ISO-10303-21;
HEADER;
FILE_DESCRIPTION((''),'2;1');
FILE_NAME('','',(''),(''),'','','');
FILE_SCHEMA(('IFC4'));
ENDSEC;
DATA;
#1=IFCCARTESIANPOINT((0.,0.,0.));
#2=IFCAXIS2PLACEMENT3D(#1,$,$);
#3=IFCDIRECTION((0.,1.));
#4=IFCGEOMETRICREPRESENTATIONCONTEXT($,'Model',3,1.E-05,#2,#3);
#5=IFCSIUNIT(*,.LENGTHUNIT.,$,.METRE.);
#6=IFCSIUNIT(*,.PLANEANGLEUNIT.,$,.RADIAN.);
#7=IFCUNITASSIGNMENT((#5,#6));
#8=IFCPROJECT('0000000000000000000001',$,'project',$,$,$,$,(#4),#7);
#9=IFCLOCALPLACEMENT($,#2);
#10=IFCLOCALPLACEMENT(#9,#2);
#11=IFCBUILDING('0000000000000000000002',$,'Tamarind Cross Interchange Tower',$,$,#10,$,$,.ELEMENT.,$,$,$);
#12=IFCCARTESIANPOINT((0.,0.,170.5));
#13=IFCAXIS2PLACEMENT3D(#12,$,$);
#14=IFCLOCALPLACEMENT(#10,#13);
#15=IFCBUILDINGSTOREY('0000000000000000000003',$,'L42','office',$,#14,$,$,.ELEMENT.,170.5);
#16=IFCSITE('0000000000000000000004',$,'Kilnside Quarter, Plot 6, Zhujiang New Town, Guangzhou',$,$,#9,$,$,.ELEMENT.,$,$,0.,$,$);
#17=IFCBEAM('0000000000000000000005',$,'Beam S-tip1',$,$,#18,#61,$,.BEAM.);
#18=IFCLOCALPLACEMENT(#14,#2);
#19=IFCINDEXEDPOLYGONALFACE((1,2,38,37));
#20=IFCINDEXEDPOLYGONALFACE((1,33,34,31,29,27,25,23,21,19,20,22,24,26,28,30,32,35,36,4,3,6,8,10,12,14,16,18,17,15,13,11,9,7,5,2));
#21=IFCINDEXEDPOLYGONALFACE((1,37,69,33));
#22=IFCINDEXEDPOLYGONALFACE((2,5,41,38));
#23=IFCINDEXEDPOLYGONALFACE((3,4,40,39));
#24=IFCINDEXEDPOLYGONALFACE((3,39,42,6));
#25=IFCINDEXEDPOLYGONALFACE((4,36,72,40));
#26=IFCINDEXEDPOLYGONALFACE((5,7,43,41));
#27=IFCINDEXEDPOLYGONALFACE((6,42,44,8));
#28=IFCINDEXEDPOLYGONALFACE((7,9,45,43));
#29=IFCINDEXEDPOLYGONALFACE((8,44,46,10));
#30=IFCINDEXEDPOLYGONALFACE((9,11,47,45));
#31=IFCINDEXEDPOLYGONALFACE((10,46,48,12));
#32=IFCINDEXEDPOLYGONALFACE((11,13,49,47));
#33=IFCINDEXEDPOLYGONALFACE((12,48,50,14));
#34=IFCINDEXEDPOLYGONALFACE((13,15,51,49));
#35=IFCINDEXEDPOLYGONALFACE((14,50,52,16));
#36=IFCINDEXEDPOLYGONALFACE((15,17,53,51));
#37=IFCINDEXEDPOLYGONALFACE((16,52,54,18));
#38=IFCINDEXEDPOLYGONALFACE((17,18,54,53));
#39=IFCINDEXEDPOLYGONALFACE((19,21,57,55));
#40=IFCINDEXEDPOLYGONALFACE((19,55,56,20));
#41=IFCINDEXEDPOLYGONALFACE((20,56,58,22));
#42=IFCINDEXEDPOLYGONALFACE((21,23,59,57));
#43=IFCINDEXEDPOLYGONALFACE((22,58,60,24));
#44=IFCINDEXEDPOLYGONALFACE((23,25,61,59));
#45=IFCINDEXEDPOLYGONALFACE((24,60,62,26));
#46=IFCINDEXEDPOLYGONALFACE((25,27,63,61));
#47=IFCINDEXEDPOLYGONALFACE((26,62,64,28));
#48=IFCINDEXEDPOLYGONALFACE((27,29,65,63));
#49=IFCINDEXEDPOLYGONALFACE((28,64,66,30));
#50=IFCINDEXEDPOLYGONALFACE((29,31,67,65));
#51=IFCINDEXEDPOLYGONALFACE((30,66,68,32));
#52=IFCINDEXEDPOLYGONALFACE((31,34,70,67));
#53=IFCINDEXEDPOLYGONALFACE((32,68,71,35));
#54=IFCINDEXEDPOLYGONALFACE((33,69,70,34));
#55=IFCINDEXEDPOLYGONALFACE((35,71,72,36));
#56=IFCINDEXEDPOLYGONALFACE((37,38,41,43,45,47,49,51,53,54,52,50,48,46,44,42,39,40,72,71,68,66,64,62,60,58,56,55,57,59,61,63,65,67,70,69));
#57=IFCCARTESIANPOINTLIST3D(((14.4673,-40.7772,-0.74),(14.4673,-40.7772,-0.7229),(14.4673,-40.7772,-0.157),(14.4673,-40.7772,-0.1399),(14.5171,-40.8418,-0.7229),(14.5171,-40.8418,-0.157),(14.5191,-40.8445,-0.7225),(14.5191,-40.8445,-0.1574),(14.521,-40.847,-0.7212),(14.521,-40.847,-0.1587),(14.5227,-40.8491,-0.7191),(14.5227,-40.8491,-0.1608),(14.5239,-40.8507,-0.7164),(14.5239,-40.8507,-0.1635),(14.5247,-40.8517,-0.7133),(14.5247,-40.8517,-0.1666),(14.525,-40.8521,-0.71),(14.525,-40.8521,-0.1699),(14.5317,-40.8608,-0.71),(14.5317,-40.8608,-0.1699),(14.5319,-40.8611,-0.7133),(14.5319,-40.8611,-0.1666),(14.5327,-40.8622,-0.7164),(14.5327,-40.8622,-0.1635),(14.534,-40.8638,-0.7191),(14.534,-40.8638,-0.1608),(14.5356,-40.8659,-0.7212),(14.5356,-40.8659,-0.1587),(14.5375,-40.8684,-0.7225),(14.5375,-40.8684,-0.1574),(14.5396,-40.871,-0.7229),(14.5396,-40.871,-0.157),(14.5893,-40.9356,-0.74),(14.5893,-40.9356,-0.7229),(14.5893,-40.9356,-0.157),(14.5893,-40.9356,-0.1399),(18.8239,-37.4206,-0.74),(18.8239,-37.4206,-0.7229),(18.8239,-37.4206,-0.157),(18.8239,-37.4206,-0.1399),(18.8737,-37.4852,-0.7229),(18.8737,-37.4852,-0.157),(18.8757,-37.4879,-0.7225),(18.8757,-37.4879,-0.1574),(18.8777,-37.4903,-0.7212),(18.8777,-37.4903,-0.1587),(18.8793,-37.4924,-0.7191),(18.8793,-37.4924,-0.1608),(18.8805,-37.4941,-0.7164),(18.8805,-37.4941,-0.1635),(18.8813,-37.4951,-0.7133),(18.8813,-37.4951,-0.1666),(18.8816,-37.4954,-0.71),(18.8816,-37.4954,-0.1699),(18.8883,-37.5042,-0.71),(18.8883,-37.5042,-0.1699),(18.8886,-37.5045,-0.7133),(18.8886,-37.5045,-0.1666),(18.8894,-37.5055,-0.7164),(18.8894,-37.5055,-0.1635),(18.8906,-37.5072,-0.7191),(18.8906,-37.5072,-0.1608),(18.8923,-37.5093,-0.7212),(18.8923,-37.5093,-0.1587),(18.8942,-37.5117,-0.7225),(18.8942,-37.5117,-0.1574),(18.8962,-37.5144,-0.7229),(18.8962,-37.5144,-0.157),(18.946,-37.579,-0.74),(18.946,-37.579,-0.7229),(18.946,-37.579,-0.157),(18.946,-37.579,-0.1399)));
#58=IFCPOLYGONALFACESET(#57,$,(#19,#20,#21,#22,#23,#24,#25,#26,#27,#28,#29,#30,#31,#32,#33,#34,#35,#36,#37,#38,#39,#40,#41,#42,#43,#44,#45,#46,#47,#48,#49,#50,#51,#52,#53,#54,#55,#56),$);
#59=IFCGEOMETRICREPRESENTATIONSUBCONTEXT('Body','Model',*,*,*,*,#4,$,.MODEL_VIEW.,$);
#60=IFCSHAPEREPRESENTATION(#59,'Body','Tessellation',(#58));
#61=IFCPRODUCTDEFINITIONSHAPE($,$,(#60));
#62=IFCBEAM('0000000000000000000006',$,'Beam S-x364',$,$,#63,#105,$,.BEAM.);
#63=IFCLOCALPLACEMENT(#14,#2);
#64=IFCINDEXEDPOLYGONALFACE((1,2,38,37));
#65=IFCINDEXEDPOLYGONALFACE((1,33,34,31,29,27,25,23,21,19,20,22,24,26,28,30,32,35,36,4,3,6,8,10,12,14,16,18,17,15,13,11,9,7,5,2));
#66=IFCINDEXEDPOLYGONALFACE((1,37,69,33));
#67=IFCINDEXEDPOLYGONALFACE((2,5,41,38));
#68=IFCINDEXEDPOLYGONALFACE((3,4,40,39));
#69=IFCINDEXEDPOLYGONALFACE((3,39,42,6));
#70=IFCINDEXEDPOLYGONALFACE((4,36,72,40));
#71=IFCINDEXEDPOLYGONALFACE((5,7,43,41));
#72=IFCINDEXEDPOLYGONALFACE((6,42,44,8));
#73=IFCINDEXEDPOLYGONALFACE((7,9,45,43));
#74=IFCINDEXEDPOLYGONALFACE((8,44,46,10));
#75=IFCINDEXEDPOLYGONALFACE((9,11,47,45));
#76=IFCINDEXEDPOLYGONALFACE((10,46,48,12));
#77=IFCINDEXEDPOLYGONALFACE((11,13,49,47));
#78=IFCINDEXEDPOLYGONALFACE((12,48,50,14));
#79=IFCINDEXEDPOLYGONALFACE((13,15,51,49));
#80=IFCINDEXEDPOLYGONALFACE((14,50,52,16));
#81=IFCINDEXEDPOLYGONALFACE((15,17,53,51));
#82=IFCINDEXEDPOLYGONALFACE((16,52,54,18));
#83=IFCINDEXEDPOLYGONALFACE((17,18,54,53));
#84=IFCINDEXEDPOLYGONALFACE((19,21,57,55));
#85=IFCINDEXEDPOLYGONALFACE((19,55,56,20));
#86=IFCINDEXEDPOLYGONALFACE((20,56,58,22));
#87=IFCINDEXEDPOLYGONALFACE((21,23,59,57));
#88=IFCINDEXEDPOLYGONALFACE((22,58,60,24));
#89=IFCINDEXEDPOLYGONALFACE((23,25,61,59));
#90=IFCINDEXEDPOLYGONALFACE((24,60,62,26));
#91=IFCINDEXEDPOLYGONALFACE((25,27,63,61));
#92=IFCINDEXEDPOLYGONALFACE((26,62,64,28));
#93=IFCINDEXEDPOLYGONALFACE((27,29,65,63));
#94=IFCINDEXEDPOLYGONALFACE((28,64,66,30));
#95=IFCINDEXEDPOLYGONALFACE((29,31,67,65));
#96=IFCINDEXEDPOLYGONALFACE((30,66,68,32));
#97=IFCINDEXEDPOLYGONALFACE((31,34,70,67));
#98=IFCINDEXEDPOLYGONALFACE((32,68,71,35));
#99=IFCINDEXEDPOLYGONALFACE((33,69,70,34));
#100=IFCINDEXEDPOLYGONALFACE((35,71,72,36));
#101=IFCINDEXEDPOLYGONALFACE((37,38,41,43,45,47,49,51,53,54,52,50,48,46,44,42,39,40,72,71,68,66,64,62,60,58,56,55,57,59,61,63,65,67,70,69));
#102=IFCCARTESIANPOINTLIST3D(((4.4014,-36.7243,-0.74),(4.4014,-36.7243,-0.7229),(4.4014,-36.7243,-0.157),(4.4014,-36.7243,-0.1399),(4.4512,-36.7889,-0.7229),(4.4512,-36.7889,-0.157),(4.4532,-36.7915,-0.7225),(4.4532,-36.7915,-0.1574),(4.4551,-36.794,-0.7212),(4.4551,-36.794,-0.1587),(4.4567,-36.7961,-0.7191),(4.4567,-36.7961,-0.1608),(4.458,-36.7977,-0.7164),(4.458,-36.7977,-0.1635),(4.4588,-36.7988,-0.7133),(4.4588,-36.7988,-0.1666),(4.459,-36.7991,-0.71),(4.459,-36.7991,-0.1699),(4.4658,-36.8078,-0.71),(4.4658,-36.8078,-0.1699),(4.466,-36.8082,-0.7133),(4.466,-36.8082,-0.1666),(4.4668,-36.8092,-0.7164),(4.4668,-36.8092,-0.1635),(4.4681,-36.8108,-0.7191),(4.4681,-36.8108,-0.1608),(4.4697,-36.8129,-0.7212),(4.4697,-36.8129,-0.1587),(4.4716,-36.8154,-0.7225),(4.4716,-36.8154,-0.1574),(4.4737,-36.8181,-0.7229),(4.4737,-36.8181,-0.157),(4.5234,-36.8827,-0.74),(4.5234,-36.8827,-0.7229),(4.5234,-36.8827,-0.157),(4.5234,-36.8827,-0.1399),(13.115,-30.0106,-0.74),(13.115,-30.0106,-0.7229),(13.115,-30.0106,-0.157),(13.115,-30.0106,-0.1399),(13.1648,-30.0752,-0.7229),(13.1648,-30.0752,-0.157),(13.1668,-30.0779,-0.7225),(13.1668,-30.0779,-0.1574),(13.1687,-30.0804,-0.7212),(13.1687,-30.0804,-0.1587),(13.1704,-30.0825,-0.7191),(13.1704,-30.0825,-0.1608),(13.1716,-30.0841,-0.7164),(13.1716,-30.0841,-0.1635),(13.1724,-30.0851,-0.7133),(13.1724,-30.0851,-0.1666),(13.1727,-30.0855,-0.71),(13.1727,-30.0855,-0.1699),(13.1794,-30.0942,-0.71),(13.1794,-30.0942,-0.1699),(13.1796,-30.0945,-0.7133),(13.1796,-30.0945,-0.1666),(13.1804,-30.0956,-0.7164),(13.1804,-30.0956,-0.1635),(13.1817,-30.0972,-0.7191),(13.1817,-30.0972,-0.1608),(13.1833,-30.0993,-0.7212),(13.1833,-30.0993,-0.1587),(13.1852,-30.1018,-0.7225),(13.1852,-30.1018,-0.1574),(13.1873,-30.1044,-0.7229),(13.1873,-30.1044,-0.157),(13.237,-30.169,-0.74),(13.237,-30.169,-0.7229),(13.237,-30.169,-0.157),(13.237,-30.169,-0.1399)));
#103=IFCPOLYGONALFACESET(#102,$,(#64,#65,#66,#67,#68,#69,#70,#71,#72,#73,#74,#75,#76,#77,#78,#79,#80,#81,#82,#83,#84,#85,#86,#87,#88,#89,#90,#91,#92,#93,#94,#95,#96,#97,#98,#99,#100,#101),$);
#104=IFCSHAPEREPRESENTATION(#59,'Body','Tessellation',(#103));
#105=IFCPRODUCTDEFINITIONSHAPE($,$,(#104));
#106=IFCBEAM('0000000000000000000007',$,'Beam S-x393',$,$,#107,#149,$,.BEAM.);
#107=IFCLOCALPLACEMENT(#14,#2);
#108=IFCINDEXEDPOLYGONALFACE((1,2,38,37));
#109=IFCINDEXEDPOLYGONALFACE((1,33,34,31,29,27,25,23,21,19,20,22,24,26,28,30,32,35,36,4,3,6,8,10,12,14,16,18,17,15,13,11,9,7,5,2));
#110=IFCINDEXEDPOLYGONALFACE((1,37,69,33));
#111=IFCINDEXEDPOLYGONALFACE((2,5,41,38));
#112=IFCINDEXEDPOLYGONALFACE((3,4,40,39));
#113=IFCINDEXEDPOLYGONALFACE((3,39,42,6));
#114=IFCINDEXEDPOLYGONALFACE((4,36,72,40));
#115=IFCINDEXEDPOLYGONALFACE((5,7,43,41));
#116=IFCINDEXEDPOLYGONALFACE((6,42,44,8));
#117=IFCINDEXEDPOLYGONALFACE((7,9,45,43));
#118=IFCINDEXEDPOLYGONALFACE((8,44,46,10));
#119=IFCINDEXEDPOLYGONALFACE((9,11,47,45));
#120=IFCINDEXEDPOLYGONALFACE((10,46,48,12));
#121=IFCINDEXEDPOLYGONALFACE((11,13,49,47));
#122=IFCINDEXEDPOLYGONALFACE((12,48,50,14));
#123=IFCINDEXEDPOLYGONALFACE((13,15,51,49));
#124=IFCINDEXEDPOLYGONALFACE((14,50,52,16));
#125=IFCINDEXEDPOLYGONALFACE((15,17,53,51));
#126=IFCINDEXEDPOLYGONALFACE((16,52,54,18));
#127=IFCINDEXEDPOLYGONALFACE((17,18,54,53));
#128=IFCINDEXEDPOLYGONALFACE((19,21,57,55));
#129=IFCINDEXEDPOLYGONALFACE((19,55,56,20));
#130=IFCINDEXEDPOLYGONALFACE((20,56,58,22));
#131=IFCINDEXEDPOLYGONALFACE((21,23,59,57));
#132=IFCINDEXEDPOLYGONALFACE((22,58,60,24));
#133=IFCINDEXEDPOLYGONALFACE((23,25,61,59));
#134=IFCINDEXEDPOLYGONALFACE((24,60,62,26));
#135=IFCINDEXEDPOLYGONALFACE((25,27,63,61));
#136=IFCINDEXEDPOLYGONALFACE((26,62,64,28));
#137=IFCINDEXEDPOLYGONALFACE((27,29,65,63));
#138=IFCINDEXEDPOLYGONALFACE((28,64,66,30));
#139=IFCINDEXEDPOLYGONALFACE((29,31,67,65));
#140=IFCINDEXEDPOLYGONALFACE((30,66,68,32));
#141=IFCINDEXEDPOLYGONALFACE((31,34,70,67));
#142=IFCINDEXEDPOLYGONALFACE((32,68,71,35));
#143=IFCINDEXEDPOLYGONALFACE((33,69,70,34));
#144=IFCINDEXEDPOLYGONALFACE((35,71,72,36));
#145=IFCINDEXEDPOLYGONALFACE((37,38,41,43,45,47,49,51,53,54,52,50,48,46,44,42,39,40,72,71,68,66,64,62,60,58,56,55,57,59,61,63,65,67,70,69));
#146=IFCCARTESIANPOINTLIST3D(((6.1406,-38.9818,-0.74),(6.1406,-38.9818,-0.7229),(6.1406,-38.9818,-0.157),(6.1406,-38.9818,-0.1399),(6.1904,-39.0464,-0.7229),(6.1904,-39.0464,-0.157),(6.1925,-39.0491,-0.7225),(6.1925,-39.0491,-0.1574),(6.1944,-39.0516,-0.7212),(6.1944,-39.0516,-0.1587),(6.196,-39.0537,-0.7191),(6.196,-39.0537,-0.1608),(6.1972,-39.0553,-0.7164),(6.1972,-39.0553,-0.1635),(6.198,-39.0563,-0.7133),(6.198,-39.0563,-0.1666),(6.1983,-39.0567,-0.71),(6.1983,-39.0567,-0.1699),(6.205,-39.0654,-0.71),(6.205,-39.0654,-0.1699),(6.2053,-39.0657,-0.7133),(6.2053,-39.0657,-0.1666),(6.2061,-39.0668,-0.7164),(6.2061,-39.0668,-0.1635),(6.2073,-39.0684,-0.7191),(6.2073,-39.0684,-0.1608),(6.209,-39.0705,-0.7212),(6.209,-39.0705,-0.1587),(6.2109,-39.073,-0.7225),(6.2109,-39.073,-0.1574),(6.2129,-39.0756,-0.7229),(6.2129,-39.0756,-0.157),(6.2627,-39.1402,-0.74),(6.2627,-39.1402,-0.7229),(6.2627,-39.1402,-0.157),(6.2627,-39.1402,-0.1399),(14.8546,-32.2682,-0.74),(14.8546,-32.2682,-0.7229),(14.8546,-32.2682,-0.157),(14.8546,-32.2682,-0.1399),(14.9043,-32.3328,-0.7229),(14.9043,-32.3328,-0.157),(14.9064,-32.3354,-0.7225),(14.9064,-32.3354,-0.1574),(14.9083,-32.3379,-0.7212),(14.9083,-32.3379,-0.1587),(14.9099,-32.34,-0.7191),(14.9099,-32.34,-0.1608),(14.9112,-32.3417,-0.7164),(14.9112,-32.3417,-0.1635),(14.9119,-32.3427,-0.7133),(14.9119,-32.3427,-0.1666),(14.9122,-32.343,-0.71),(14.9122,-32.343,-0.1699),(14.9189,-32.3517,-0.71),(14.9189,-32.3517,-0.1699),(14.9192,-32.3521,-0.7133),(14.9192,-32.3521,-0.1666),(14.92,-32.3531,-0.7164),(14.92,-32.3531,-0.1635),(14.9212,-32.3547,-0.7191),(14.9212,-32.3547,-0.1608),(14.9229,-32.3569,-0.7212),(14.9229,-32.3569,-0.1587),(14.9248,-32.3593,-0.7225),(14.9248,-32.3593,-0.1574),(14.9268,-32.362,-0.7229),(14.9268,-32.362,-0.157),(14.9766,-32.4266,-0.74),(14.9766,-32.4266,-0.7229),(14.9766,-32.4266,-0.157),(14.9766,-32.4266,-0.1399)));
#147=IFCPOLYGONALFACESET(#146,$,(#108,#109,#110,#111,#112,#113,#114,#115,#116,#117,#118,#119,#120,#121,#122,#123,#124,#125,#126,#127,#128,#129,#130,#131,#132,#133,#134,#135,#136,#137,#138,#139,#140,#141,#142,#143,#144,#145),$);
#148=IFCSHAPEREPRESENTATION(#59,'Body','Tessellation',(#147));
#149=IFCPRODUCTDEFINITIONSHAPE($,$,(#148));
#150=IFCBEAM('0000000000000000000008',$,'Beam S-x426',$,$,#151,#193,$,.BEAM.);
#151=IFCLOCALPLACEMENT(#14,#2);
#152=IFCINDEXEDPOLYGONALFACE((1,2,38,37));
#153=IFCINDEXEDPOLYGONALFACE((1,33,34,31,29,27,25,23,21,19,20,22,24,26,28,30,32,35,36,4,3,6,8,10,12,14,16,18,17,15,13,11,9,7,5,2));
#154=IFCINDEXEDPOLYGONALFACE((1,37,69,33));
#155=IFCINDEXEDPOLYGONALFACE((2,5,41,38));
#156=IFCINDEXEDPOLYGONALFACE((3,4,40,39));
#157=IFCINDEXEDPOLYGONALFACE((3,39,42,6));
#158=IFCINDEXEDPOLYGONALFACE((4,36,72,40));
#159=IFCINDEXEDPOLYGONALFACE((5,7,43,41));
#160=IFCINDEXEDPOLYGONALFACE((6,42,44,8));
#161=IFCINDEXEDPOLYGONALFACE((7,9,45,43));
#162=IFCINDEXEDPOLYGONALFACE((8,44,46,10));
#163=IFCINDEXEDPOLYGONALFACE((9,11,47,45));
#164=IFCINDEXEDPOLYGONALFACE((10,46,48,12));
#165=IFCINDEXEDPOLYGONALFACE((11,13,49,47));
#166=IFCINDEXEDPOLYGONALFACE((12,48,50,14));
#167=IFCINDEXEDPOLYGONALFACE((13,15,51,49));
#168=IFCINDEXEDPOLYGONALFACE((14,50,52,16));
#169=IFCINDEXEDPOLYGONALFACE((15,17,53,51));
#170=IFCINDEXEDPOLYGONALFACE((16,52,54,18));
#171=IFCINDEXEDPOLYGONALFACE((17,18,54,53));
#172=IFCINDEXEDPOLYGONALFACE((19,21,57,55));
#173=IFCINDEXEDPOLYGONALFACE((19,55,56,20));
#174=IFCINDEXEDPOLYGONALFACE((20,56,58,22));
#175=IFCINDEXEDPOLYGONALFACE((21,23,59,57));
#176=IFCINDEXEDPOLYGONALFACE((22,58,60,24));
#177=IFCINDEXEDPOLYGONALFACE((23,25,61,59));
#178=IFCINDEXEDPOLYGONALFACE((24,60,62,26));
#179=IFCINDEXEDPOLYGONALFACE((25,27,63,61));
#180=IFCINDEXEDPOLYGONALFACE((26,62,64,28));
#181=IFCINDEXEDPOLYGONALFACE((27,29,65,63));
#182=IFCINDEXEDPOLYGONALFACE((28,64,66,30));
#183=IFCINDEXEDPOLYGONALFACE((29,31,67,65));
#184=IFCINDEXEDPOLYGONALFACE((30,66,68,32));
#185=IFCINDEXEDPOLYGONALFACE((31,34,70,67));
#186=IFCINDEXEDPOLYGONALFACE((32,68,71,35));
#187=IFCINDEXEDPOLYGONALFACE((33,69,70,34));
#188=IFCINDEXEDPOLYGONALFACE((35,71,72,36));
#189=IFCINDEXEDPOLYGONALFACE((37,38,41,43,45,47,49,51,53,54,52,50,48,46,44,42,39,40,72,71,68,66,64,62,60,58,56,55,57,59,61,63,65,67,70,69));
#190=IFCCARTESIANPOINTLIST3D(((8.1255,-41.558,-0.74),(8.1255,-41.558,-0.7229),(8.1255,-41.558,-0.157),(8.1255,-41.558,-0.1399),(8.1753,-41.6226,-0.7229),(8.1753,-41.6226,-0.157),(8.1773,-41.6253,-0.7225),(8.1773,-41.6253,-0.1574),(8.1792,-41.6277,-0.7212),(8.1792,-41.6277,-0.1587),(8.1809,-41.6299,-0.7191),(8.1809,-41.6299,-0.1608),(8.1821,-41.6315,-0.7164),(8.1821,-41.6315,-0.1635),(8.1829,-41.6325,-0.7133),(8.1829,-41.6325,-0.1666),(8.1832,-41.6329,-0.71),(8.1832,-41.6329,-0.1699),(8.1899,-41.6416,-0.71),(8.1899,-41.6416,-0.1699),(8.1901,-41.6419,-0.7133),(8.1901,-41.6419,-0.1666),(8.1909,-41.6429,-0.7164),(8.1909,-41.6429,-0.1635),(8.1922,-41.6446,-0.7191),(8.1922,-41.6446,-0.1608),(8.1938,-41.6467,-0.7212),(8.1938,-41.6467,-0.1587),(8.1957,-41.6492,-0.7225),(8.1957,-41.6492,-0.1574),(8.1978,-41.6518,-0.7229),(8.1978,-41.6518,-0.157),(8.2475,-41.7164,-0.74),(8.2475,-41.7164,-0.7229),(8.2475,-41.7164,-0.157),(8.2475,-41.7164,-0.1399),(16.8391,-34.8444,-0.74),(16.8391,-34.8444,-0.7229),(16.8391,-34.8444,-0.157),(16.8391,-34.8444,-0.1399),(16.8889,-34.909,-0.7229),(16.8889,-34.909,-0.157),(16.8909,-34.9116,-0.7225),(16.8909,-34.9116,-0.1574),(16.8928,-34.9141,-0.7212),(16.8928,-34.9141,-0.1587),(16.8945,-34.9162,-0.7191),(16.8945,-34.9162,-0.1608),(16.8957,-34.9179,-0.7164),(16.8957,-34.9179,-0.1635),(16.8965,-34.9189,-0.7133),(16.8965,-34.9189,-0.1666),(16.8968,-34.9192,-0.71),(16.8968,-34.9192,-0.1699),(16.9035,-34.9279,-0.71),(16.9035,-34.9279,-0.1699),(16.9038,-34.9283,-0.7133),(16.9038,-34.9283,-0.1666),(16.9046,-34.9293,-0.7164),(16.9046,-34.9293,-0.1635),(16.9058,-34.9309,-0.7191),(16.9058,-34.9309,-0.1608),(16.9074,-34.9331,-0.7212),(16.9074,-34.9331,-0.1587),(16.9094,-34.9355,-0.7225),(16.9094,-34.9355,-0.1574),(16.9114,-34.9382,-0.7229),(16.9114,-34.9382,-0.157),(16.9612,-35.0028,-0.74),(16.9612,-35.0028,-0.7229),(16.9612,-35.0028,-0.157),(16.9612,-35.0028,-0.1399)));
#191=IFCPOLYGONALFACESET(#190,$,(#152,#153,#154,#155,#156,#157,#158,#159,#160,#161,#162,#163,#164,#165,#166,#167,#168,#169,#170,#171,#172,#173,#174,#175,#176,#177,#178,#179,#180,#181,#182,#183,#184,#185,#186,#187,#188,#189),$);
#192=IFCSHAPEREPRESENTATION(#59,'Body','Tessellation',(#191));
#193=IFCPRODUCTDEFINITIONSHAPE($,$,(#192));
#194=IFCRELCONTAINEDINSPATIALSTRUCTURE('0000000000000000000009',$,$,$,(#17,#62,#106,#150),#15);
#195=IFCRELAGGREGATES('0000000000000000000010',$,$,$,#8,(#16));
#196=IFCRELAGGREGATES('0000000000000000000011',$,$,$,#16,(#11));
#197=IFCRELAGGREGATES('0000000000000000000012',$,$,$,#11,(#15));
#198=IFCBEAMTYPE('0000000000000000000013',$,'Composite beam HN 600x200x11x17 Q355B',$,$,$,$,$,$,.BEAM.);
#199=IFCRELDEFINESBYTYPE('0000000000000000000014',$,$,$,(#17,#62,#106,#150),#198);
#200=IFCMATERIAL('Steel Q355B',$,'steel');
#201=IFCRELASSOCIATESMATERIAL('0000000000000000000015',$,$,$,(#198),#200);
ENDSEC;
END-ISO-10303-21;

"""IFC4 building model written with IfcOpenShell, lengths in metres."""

from ifc_helpers import new_model, si_unit, direction, frame, origin, origin_2d, place, context, subcontext, project, spatial, i_section, extrude, material, material_profile, profile_set, type_object, element, save


model = new_model("IFC4")

# Units and contexts
model_context = context("Model", 3, precision=1e-05, world=origin(), true_north=direction((0.0, 1.0)))
body_context = subcontext(model_context, "Body", "Model", "MODEL_VIEW")
ifc_project = project(units=[si_unit("LENGTHUNIT", "METRE"), si_unit("PLANEANGLEUNIT", "RADIAN")], contexts=[model_context])

# Site, building, storey
site_placement = place(None, origin())
site = spatial("IfcSite", under=ifc_project, at=site_placement, Name="Kilnside Quarter, Plot 6, Zhujiang New Town, Guangzhou", CompositionType="ELEMENT", RefElevation=0.0)
building_placement = place(site_placement, origin())
building = spatial("IfcBuilding", under=site, at=building_placement, Name="Tamarind Cross Interchange Tower", CompositionType="ELEMENT")
storey_placement = place(building_placement, frame((0.0, 0.0, 170.5)))
storey = spatial("IfcBuildingStorey", under=building, at=storey_placement, Name="L42", Description="office", CompositionType="ELEMENT", Elevation=170.5)

# Beams
ifc_material_1 = material(Name="Steel Q355B", Category="steel")
ifc_material_profile_1 = material_profile(ifc_material_1, i_section(OverallWidth=0.2, OverallDepth=0.6001, WebThickness=0.011, FlangeThickness=0.0171, FilletRadius=0.0129, at=origin_2d()), Name="HN 600x200x11x17")
ifc_profile_set_1 = profile_set([ifc_material_profile_1], Name="Steel Q355B")
beam_type_1 = type_object("IfcBeamType", Name="Composite beam HN 600x200x11x17 Q355B", PredefinedType="BEAM", material=ifc_profile_set_1)
beam_1_placement = place(storey_placement, frame((14.5283, -40.8564, -0.4399), z_axis=(0.79215, 0.610326, 0.0), x_axis=(-0.610326, 0.79215, 0.0)))
element("IfcBeam", 1, at=beam_1_placement, inside=storey, type_object=beam_type_1, Name="Beam S-tip1", PredefinedType="BEAM", context=body_context, shape_type="SweptSolid", body=[
    extrude(i_section(OverallWidth=0.2, OverallDepth=0.6001, WebThickness=0.011, FlangeThickness=0.0171, FilletRadius=0.0129, at=origin_2d()), origin(), (0.0, 0.0, 1.0), 5.4998),
])
beam_2_placement = place(storey_placement, frame((4.4624, -36.8035, -0.4399), z_axis=(0.792148, 0.610329, 0.0), x_axis=(-0.610329, 0.792148, 0.0)))
element("IfcBeam", 2, at=beam_2_placement, inside=storey, type_object=beam_type_1, Name="Beam S-x364", PredefinedType="BEAM", context=body_context, shape_type="SweptSolid", body=[
    extrude(i_section(OverallWidth=0.2, OverallDepth=0.6001, WebThickness=0.011, FlangeThickness=0.0171, FilletRadius=0.0129, at=origin_2d()), origin(), (0.0, 0.0, 1.0), 11.0),
])
beam_3_placement = place(storey_placement, frame((6.2017, -39.061, -0.4399), z_axis=(0.792156, 0.610319, 0.0), x_axis=(-0.610319, 0.792156, 0.0)))
element("IfcBeam", 3, at=beam_3_placement, inside=storey, type_object=beam_type_1, Name="Beam S-x393", PredefinedType="BEAM", context=body_context, shape_type="SweptSolid", body=[
    extrude(i_section(OverallWidth=0.2, OverallDepth=0.6001, WebThickness=0.011, FlangeThickness=0.0171, FilletRadius=0.0129, at=origin_2d()), origin(), (0.0, 0.0, 1.0), 11.0002),
])
beam_4_placement = place(storey_placement, frame((8.1865, -41.6372, -0.4399), z_axis=(0.792148, 0.610329, 0.0), x_axis=(-0.610329, 0.792148, 0.0)))
element("IfcBeam", 4, at=beam_4_placement, inside=storey, type_object=beam_type_1, Name="Beam S-x426", PredefinedType="BEAM", context=body_context, shape_type="SweptSolid", body=[
    extrude(i_section(OverallWidth=0.2, OverallDepth=0.6001, WebThickness=0.011, FlangeThickness=0.0171, FilletRadius=0.0129, at=origin_2d()), origin(), (0.0, 0.0, 1.0), 11.0),
])

save(model, "model.ifc")
